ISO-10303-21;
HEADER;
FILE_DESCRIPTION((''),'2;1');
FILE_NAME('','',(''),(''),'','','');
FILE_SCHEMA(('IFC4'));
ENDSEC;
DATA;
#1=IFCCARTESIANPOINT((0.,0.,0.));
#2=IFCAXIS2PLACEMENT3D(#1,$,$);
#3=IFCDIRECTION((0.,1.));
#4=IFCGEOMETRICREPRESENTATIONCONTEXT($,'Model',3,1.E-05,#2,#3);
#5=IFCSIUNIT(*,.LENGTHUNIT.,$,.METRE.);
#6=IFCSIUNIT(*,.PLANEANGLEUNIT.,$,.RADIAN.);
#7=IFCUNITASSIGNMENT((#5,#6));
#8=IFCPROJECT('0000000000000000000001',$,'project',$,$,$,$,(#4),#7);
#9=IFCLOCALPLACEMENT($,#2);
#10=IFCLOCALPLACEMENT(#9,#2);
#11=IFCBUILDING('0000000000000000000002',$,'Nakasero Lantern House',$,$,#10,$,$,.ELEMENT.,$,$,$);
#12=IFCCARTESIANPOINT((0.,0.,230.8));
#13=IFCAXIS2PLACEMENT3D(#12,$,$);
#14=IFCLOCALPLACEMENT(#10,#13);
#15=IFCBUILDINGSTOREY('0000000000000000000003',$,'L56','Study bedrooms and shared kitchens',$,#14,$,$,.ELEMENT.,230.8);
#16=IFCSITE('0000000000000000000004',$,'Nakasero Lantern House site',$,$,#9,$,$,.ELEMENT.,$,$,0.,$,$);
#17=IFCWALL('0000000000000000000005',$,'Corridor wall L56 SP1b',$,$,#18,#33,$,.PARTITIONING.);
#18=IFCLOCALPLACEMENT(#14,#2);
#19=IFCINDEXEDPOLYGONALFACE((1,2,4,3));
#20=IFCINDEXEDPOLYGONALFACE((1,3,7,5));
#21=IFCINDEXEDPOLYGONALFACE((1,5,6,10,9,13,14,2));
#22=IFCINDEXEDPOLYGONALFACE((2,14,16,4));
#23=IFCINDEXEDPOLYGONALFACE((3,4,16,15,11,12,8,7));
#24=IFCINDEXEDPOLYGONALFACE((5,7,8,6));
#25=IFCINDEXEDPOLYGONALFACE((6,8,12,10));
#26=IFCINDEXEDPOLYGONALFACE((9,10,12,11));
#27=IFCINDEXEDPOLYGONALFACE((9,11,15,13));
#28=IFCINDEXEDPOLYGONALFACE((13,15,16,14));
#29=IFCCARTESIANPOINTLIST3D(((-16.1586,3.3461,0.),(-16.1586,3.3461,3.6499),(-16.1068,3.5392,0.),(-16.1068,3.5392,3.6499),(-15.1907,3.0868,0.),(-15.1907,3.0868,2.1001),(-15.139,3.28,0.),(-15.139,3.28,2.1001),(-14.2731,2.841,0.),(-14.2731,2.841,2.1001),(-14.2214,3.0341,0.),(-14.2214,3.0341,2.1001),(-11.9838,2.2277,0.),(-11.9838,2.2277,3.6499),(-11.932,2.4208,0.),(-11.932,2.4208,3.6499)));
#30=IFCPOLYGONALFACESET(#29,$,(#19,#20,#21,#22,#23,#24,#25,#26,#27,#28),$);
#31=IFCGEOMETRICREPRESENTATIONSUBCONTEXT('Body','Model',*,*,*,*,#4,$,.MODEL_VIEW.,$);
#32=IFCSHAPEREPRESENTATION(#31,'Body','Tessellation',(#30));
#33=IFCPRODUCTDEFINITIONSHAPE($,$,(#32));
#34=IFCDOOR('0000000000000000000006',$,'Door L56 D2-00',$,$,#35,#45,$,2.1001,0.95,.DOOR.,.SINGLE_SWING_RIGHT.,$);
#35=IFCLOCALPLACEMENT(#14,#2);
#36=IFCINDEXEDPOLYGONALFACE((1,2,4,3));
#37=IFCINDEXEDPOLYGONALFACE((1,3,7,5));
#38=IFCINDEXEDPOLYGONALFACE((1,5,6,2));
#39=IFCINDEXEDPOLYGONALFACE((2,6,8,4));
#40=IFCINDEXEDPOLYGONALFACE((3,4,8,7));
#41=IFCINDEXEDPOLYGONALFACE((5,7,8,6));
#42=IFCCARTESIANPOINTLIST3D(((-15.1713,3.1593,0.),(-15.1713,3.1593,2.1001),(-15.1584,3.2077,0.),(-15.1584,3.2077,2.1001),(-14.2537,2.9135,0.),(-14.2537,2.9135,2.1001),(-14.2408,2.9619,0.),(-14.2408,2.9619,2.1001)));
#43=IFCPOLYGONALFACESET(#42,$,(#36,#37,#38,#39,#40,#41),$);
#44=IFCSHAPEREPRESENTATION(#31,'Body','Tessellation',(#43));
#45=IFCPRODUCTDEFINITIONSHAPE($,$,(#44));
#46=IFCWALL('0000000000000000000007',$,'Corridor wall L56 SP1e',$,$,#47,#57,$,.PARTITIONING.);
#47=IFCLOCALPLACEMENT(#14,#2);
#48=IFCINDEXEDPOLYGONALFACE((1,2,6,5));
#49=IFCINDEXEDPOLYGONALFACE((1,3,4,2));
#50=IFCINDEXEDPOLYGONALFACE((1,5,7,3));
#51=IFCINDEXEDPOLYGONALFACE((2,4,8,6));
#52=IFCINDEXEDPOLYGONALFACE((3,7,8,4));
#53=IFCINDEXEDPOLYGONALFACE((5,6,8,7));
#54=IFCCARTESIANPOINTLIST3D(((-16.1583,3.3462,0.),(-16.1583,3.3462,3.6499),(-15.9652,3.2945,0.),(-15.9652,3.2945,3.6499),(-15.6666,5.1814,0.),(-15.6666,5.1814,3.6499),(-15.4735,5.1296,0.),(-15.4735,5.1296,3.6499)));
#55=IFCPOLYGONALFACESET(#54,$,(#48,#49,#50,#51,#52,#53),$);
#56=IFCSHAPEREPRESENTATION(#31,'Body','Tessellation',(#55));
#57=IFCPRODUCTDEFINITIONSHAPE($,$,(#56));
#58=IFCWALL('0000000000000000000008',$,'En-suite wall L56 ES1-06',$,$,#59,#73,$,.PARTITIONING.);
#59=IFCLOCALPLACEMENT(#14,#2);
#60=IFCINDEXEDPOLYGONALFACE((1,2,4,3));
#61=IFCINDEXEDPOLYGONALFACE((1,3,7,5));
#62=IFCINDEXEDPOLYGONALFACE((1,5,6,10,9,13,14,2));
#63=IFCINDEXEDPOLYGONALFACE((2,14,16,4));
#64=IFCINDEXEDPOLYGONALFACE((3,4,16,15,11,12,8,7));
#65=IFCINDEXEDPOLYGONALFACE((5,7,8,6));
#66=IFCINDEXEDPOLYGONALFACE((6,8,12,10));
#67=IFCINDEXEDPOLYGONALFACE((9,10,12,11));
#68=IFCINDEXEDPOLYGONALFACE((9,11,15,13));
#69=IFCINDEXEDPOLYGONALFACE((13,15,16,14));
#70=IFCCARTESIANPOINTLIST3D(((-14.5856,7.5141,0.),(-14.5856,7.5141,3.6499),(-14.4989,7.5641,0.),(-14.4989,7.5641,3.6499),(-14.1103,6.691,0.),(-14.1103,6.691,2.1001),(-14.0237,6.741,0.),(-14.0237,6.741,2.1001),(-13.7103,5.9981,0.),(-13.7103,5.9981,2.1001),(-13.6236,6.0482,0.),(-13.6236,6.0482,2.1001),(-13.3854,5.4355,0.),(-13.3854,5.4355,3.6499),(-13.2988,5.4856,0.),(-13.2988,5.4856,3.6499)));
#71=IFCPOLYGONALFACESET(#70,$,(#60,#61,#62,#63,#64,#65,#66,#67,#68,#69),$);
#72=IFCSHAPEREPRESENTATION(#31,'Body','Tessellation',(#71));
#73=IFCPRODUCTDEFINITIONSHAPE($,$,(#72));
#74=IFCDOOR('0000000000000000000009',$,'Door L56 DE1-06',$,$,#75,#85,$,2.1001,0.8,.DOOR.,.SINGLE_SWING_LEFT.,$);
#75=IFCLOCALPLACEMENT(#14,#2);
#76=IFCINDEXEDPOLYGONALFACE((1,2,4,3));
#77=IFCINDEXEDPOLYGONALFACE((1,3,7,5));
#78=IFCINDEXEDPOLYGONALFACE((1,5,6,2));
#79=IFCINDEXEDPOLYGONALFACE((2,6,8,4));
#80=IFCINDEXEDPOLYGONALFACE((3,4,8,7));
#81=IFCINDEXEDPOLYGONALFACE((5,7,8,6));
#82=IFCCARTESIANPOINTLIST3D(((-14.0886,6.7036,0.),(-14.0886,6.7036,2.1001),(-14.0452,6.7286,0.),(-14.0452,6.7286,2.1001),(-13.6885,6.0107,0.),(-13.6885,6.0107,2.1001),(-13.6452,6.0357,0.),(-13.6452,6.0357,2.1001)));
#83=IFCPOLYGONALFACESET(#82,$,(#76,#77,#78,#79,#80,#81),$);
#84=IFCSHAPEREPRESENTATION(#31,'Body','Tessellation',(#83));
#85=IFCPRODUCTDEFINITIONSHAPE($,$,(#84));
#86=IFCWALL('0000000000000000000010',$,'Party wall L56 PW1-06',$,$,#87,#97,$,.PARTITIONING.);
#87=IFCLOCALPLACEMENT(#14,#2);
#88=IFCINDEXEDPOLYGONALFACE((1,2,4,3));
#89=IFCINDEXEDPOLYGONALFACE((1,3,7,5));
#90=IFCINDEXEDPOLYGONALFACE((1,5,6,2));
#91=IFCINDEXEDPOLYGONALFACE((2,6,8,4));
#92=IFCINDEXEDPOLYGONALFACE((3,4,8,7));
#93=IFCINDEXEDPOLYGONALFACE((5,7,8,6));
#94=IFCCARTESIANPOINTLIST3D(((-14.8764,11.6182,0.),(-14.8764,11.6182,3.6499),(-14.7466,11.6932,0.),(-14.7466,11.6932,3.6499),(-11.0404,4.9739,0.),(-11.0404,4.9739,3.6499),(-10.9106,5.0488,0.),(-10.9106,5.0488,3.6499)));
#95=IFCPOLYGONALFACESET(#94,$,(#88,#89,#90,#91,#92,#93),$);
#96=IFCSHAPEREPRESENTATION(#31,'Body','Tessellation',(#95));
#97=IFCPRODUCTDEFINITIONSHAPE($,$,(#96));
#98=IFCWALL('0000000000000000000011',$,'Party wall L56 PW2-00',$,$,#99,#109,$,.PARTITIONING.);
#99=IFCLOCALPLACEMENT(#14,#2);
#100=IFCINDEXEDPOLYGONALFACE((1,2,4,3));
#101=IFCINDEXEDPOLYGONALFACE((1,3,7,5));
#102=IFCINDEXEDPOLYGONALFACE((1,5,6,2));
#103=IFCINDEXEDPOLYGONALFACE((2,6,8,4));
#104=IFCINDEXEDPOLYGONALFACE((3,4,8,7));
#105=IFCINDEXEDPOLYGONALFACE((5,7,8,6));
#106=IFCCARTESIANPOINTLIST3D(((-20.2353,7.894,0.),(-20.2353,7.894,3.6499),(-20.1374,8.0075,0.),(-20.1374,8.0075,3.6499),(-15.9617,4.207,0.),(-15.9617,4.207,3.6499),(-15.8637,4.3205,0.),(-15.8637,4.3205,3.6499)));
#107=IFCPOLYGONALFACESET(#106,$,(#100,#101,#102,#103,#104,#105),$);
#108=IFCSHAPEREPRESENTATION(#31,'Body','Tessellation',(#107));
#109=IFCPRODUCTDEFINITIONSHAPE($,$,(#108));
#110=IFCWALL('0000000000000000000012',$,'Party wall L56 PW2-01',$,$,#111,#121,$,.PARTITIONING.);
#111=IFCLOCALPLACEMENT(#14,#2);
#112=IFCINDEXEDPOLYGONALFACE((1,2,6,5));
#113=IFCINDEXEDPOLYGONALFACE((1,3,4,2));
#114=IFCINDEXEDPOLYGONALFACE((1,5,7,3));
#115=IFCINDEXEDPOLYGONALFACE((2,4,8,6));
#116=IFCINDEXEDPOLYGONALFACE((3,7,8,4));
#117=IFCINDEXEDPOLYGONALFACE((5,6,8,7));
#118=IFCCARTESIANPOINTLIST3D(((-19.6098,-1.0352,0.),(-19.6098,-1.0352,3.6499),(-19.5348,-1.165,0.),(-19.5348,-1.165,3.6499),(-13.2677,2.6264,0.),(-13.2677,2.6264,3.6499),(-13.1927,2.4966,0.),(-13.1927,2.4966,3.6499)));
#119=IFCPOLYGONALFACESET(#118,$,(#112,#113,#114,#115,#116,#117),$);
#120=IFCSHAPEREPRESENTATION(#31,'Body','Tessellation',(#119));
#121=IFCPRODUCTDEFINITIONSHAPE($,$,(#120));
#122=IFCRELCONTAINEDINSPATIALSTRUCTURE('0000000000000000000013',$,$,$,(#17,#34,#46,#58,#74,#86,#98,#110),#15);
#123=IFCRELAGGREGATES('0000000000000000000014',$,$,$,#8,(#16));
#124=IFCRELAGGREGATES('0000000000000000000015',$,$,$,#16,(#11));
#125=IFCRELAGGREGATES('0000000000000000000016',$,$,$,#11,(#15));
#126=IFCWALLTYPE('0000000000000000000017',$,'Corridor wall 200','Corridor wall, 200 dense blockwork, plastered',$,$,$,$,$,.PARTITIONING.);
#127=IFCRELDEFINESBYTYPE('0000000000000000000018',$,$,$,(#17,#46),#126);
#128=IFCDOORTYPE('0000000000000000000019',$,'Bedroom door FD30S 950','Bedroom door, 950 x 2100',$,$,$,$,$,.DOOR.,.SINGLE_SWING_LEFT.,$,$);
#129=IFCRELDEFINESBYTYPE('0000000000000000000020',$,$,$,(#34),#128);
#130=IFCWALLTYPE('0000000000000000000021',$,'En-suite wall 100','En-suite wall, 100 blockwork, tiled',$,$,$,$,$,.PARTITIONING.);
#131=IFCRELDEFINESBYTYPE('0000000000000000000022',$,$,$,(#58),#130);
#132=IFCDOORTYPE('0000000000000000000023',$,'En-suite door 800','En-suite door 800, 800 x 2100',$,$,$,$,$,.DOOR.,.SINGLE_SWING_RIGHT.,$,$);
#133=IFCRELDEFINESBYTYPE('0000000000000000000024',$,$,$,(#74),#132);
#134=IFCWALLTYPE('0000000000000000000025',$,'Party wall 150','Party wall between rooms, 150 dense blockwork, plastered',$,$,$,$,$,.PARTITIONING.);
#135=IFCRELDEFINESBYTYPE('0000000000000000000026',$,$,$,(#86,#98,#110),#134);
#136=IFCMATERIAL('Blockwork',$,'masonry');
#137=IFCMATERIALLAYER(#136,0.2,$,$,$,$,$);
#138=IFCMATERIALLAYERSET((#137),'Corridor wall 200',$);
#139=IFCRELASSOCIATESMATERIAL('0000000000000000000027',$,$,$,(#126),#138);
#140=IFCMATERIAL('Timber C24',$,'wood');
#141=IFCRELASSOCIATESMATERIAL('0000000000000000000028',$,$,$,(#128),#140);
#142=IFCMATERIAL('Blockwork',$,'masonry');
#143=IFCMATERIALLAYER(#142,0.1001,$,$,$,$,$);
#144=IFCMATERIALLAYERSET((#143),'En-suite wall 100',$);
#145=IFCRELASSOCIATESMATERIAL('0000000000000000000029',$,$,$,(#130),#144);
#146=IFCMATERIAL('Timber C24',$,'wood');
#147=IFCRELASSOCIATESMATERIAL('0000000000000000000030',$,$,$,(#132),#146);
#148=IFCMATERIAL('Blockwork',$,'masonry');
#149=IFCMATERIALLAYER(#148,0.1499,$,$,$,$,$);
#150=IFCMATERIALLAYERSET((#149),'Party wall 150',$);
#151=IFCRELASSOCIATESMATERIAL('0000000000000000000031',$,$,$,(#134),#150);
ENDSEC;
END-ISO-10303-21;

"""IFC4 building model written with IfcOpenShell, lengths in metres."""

from ifc_helpers import new_model, si_unit, direction, frame, frame_2d, origin, place, context, subcontext, project, spatial, rectangle, extrude, material, layer, layer_set, type_object, element, fill, save


model = new_model("IFC4")

# Units and contexts
model_context = context("Model", 3, precision=1e-05, world=origin(), true_north=direction((0.0, 1.0)))
body_context = subcontext(model_context, "Body", "Model", "MODEL_VIEW")
ifc_project = project(units=[si_unit("LENGTHUNIT", "METRE"), si_unit("PLANEANGLEUNIT", "RADIAN")], contexts=[model_context])

# Site, building, storey
site_placement = place(None, origin())
site = spatial("IfcSite", under=ifc_project, at=site_placement, Name="Nakasero Lantern House site", CompositionType="ELEMENT", RefElevation=0.0)
building_placement = place(site_placement, origin())
building = spatial("IfcBuilding", under=site, at=building_placement, Name="Nakasero Lantern House", CompositionType="ELEMENT")
storey_placement = place(building_placement, frame((0.0, 0.0, 230.8)))
storey = spatial("IfcBuildingStorey", under=building, at=storey_placement, Name="L56", Description="Study bedrooms and shared kitchens", CompositionType="ELEMENT", Elevation=230.8)

# Shared definitions
ifc_material_1 = material(Name="Blockwork", Category="masonry")
ifc_layer_1 = layer(ifc_material_1, 0.2)
ifc_layer_set_1 = layer_set([ifc_layer_1], Name="Corridor wall 200")
wall_type_1 = type_object("IfcWallType", Name="Corridor wall 200", Description="Corridor wall, 200 dense blockwork, plastered", PredefinedType="PARTITIONING", material=ifc_layer_set_1)

# Wall, opening, door
ifc_material_2 = material(Name="Timber C24", Category="wood")
door_type_1 = type_object("IfcDoorType", Name="Bedroom door FD30S 950", Description="Bedroom door, 950 x 2100", OperationType="SINGLE_SWING_LEFT", PredefinedType="DOOR", material=ifc_material_2)
wall_1_placement = place(storey_placement, frame((-11.9578, 2.3242, 0.0), z_axis=(0.0, 0.0, 1.0), x_axis=(-0.965939, 0.25877, 0.0)))
wall_1 = element("IfcWall", 1, at=wall_1_placement, inside=storey, type_object=wall_type_1, Name="Corridor wall L56 SP1b", PredefinedType="PARTITIONING", context=body_context, shape_type="SweptSolid", body=[
    extrude(rectangle(XDim=4.322, YDim=0.2, at=frame_2d((2.1611, 0.0))), origin(), (0.0, 0.0, 1.0), 3.6499),
])
opening_1_placement = place(wall_1_placement, frame((2.3701, 0.0, 0.0)))
opening_1 = element("IfcOpeningElement", 2, at=opening_1_placement, cuts=wall_1, PredefinedType="OPENING", context=body_context, shape_type="SweptSolid", body=[
    extrude(rectangle(XDim=0.95, YDim=2.1001, at=frame_2d((0.4751, 1.05))), frame((0.0, 0.1199, 0.0), z_axis=(0.0, -1.0, 0.0), x_axis=(1.0, 0.0, 0.0)), (0.0, 0.0, 1.0), 0.24),
])
door_1_placement = place(opening_1_placement, origin())
door_1 = element("IfcDoor", 3, at=door_1_placement, inside=storey, type_object=door_type_1, Name="Door L56 D2-00", OperationType="SINGLE_SWING_RIGHT", OverallHeight=2.1001, OverallWidth=0.95, PredefinedType="DOOR", context=body_context, shape_type="SweptSolid", body=[
    extrude(rectangle(XDim=0.95, YDim=2.1001, at=frame_2d((0.4751, 1.05))), frame((0.0, 0.0249, 0.0), z_axis=(0.0, -1.0, 0.0), x_axis=(1.0, 0.0, 0.0)), (0.0, 0.0, 1.0), 0.05),
])
fill(opening_1, door_1)

# Wall
wall_2_placement = place(storey_placement, frame((-15.5701, 5.1555, 0.0), z_axis=(0.0, 0.0, 1.0), x_axis=(-0.258798, -0.965931, 0.0)))
element("IfcWall", 4, at=wall_2_placement, inside=storey, type_object=wall_type_1, Name="Corridor wall L56 SP1e", PredefinedType="PARTITIONING", context=body_context, shape_type="SweptSolid", body=[
    extrude(rectangle(XDim=1.8999, YDim=0.2, at=frame_2d((0.95, 0.0))), origin(), (0.0, 0.0, 1.0), 3.6499),
])

# Wall, opening, door
ifc_material_3 = material(Name="Blockwork", Category="masonry")
ifc_layer_2 = layer(ifc_material_3, 0.1001)
ifc_layer_set_2 = layer_set([ifc_layer_2], Name="En-suite wall 100")
wall_type_2 = type_object("IfcWallType", Name="En-suite wall 100", Description="En-suite wall, 100 blockwork, tiled", PredefinedType="PARTITIONING", material=ifc_layer_set_2)
wall_3_placement = place(storey_placement, frame((-13.342, 5.4604, 0.0), z_axis=(0.0, 0.0, 1.0), x_axis=(-0.500034, 0.866006, 0.0)))
wall_3 = element("IfcWall", 5, at=wall_3_placement, inside=storey, type_object=wall_type_2, Name="En-suite wall L56 ES1-06", PredefinedType="PARTITIONING", context=body_context, shape_type="SweptSolid", body=[
    extrude(rectangle(XDim=2.4001, YDim=0.1001, at=frame_2d((1.2002, 0.0))), origin(), (0.0, 0.0, 1.0), 3.6499),
])
opening_2_placement = place(wall_3_placement, frame((0.6499, 0.0, 0.0)))
opening_2 = element("IfcOpeningElement", 6, at=opening_2_placement, cuts=wall_3, PredefinedType="OPENING", context=body_context, shape_type="SweptSolid", body=[
    extrude(rectangle(XDim=0.8, YDim=2.1001, at=frame_2d((0.3999, 1.05))), frame((0.0, 0.0701, 0.0), z_axis=(0.0, -1.0, 0.0), x_axis=(1.0, 0.0, 0.0)), (0.0, 0.0, 1.0), 0.1401),
])
ifc_material_4 = material(Name="Timber C24", Category="wood")
door_type_2 = type_object("IfcDoorType", Name="En-suite door 800", Description="En-suite door 800, 800 x 2100", OperationType="SINGLE_SWING_RIGHT", PredefinedType="DOOR", material=ifc_material_4)
door_2_placement = place(opening_2_placement, origin())
door_2 = element("IfcDoor", 7, at=door_2_placement, inside=storey, type_object=door_type_2, Name="Door L56 DE1-06", OperationType="SINGLE_SWING_LEFT", OverallHeight=2.1001, OverallWidth=0.8, PredefinedType="DOOR", context=body_context, shape_type="SweptSolid", body=[
    extrude(rectangle(XDim=0.8, YDim=2.1001, at=frame_2d((0.3999, 1.05))), frame((0.0, 0.0249, 0.0), z_axis=(0.0, -1.0, 0.0), x_axis=(1.0, 0.0, 0.0)), (0.0, 0.0, 1.0), 0.05),
])
fill(opening_2, door_2)

# Walls
ifc_material_5 = material(Name="Blockwork", Category="masonry")
ifc_layer_3 = layer(ifc_material_5, 0.1499)
ifc_layer_set_3 = layer_set([ifc_layer_3], Name="Party wall 150")
wall_type_3 = type_object("IfcWallType", Name="Party wall 150", Description="Party wall between rooms, 150 dense blockwork, plastered", PredefinedType="PARTITIONING", material=ifc_layer_set_3)
wall_4_placement = place(storey_placement, frame((-10.9756, 5.0115, 0.0), z_axis=(0.0, 0.0, 1.0), x_axis=(-0.499986, 0.866034, 0.0)))
element("IfcWall", 8, at=wall_4_placement, inside=storey, type_object=wall_type_3, Name="Party wall L56 PW1-06", PredefinedType="PARTITIONING", context=body_context, shape_type="SweptSolid", body=[
    extrude(rectangle(XDim=7.6721, YDim=0.1499, at=frame_2d((3.8359, 0.0))), origin(), (0.0, 0.0, 1.0), 3.6499),
])
wall_5_placement = place(storey_placement, frame((-15.9126, 4.2637, 0.0), z_axis=(0.0, 0.0, 1.0), x_axis=(-0.757164, 0.653225, 0.0)))
element("IfcWall", 9, at=wall_5_placement, inside=storey, type_object=wall_type_3, Name="Party wall L56 PW2-00", PredefinedType="PARTITIONING", context=body_context, shape_type="SweptSolid", body=[
    extrude(rectangle(XDim=5.6443, YDim=0.1499, at=frame_2d((2.8223, 0.0))), origin(), (0.0, 0.0, 1.0), 3.6499),
])
wall_6_placement = place(storey_placement, frame((-13.2302, 2.5615, 0.0), z_axis=(0.0, 0.0, 1.0), x_axis=(-0.866023, -0.500004, 0.0)))
element("IfcWall", 10, at=wall_6_placement, inside=storey, type_object=wall_type_3, Name="Party wall L56 PW2-01", PredefinedType="PARTITIONING", context=body_context, shape_type="SweptSolid", body=[
    extrude(rectangle(XDim=7.3232, YDim=0.1499, at=frame_2d((3.6616, 0.0))), origin(), (0.0, 0.0, 1.0), 3.6499),
])

save(model, "model.ifc")
